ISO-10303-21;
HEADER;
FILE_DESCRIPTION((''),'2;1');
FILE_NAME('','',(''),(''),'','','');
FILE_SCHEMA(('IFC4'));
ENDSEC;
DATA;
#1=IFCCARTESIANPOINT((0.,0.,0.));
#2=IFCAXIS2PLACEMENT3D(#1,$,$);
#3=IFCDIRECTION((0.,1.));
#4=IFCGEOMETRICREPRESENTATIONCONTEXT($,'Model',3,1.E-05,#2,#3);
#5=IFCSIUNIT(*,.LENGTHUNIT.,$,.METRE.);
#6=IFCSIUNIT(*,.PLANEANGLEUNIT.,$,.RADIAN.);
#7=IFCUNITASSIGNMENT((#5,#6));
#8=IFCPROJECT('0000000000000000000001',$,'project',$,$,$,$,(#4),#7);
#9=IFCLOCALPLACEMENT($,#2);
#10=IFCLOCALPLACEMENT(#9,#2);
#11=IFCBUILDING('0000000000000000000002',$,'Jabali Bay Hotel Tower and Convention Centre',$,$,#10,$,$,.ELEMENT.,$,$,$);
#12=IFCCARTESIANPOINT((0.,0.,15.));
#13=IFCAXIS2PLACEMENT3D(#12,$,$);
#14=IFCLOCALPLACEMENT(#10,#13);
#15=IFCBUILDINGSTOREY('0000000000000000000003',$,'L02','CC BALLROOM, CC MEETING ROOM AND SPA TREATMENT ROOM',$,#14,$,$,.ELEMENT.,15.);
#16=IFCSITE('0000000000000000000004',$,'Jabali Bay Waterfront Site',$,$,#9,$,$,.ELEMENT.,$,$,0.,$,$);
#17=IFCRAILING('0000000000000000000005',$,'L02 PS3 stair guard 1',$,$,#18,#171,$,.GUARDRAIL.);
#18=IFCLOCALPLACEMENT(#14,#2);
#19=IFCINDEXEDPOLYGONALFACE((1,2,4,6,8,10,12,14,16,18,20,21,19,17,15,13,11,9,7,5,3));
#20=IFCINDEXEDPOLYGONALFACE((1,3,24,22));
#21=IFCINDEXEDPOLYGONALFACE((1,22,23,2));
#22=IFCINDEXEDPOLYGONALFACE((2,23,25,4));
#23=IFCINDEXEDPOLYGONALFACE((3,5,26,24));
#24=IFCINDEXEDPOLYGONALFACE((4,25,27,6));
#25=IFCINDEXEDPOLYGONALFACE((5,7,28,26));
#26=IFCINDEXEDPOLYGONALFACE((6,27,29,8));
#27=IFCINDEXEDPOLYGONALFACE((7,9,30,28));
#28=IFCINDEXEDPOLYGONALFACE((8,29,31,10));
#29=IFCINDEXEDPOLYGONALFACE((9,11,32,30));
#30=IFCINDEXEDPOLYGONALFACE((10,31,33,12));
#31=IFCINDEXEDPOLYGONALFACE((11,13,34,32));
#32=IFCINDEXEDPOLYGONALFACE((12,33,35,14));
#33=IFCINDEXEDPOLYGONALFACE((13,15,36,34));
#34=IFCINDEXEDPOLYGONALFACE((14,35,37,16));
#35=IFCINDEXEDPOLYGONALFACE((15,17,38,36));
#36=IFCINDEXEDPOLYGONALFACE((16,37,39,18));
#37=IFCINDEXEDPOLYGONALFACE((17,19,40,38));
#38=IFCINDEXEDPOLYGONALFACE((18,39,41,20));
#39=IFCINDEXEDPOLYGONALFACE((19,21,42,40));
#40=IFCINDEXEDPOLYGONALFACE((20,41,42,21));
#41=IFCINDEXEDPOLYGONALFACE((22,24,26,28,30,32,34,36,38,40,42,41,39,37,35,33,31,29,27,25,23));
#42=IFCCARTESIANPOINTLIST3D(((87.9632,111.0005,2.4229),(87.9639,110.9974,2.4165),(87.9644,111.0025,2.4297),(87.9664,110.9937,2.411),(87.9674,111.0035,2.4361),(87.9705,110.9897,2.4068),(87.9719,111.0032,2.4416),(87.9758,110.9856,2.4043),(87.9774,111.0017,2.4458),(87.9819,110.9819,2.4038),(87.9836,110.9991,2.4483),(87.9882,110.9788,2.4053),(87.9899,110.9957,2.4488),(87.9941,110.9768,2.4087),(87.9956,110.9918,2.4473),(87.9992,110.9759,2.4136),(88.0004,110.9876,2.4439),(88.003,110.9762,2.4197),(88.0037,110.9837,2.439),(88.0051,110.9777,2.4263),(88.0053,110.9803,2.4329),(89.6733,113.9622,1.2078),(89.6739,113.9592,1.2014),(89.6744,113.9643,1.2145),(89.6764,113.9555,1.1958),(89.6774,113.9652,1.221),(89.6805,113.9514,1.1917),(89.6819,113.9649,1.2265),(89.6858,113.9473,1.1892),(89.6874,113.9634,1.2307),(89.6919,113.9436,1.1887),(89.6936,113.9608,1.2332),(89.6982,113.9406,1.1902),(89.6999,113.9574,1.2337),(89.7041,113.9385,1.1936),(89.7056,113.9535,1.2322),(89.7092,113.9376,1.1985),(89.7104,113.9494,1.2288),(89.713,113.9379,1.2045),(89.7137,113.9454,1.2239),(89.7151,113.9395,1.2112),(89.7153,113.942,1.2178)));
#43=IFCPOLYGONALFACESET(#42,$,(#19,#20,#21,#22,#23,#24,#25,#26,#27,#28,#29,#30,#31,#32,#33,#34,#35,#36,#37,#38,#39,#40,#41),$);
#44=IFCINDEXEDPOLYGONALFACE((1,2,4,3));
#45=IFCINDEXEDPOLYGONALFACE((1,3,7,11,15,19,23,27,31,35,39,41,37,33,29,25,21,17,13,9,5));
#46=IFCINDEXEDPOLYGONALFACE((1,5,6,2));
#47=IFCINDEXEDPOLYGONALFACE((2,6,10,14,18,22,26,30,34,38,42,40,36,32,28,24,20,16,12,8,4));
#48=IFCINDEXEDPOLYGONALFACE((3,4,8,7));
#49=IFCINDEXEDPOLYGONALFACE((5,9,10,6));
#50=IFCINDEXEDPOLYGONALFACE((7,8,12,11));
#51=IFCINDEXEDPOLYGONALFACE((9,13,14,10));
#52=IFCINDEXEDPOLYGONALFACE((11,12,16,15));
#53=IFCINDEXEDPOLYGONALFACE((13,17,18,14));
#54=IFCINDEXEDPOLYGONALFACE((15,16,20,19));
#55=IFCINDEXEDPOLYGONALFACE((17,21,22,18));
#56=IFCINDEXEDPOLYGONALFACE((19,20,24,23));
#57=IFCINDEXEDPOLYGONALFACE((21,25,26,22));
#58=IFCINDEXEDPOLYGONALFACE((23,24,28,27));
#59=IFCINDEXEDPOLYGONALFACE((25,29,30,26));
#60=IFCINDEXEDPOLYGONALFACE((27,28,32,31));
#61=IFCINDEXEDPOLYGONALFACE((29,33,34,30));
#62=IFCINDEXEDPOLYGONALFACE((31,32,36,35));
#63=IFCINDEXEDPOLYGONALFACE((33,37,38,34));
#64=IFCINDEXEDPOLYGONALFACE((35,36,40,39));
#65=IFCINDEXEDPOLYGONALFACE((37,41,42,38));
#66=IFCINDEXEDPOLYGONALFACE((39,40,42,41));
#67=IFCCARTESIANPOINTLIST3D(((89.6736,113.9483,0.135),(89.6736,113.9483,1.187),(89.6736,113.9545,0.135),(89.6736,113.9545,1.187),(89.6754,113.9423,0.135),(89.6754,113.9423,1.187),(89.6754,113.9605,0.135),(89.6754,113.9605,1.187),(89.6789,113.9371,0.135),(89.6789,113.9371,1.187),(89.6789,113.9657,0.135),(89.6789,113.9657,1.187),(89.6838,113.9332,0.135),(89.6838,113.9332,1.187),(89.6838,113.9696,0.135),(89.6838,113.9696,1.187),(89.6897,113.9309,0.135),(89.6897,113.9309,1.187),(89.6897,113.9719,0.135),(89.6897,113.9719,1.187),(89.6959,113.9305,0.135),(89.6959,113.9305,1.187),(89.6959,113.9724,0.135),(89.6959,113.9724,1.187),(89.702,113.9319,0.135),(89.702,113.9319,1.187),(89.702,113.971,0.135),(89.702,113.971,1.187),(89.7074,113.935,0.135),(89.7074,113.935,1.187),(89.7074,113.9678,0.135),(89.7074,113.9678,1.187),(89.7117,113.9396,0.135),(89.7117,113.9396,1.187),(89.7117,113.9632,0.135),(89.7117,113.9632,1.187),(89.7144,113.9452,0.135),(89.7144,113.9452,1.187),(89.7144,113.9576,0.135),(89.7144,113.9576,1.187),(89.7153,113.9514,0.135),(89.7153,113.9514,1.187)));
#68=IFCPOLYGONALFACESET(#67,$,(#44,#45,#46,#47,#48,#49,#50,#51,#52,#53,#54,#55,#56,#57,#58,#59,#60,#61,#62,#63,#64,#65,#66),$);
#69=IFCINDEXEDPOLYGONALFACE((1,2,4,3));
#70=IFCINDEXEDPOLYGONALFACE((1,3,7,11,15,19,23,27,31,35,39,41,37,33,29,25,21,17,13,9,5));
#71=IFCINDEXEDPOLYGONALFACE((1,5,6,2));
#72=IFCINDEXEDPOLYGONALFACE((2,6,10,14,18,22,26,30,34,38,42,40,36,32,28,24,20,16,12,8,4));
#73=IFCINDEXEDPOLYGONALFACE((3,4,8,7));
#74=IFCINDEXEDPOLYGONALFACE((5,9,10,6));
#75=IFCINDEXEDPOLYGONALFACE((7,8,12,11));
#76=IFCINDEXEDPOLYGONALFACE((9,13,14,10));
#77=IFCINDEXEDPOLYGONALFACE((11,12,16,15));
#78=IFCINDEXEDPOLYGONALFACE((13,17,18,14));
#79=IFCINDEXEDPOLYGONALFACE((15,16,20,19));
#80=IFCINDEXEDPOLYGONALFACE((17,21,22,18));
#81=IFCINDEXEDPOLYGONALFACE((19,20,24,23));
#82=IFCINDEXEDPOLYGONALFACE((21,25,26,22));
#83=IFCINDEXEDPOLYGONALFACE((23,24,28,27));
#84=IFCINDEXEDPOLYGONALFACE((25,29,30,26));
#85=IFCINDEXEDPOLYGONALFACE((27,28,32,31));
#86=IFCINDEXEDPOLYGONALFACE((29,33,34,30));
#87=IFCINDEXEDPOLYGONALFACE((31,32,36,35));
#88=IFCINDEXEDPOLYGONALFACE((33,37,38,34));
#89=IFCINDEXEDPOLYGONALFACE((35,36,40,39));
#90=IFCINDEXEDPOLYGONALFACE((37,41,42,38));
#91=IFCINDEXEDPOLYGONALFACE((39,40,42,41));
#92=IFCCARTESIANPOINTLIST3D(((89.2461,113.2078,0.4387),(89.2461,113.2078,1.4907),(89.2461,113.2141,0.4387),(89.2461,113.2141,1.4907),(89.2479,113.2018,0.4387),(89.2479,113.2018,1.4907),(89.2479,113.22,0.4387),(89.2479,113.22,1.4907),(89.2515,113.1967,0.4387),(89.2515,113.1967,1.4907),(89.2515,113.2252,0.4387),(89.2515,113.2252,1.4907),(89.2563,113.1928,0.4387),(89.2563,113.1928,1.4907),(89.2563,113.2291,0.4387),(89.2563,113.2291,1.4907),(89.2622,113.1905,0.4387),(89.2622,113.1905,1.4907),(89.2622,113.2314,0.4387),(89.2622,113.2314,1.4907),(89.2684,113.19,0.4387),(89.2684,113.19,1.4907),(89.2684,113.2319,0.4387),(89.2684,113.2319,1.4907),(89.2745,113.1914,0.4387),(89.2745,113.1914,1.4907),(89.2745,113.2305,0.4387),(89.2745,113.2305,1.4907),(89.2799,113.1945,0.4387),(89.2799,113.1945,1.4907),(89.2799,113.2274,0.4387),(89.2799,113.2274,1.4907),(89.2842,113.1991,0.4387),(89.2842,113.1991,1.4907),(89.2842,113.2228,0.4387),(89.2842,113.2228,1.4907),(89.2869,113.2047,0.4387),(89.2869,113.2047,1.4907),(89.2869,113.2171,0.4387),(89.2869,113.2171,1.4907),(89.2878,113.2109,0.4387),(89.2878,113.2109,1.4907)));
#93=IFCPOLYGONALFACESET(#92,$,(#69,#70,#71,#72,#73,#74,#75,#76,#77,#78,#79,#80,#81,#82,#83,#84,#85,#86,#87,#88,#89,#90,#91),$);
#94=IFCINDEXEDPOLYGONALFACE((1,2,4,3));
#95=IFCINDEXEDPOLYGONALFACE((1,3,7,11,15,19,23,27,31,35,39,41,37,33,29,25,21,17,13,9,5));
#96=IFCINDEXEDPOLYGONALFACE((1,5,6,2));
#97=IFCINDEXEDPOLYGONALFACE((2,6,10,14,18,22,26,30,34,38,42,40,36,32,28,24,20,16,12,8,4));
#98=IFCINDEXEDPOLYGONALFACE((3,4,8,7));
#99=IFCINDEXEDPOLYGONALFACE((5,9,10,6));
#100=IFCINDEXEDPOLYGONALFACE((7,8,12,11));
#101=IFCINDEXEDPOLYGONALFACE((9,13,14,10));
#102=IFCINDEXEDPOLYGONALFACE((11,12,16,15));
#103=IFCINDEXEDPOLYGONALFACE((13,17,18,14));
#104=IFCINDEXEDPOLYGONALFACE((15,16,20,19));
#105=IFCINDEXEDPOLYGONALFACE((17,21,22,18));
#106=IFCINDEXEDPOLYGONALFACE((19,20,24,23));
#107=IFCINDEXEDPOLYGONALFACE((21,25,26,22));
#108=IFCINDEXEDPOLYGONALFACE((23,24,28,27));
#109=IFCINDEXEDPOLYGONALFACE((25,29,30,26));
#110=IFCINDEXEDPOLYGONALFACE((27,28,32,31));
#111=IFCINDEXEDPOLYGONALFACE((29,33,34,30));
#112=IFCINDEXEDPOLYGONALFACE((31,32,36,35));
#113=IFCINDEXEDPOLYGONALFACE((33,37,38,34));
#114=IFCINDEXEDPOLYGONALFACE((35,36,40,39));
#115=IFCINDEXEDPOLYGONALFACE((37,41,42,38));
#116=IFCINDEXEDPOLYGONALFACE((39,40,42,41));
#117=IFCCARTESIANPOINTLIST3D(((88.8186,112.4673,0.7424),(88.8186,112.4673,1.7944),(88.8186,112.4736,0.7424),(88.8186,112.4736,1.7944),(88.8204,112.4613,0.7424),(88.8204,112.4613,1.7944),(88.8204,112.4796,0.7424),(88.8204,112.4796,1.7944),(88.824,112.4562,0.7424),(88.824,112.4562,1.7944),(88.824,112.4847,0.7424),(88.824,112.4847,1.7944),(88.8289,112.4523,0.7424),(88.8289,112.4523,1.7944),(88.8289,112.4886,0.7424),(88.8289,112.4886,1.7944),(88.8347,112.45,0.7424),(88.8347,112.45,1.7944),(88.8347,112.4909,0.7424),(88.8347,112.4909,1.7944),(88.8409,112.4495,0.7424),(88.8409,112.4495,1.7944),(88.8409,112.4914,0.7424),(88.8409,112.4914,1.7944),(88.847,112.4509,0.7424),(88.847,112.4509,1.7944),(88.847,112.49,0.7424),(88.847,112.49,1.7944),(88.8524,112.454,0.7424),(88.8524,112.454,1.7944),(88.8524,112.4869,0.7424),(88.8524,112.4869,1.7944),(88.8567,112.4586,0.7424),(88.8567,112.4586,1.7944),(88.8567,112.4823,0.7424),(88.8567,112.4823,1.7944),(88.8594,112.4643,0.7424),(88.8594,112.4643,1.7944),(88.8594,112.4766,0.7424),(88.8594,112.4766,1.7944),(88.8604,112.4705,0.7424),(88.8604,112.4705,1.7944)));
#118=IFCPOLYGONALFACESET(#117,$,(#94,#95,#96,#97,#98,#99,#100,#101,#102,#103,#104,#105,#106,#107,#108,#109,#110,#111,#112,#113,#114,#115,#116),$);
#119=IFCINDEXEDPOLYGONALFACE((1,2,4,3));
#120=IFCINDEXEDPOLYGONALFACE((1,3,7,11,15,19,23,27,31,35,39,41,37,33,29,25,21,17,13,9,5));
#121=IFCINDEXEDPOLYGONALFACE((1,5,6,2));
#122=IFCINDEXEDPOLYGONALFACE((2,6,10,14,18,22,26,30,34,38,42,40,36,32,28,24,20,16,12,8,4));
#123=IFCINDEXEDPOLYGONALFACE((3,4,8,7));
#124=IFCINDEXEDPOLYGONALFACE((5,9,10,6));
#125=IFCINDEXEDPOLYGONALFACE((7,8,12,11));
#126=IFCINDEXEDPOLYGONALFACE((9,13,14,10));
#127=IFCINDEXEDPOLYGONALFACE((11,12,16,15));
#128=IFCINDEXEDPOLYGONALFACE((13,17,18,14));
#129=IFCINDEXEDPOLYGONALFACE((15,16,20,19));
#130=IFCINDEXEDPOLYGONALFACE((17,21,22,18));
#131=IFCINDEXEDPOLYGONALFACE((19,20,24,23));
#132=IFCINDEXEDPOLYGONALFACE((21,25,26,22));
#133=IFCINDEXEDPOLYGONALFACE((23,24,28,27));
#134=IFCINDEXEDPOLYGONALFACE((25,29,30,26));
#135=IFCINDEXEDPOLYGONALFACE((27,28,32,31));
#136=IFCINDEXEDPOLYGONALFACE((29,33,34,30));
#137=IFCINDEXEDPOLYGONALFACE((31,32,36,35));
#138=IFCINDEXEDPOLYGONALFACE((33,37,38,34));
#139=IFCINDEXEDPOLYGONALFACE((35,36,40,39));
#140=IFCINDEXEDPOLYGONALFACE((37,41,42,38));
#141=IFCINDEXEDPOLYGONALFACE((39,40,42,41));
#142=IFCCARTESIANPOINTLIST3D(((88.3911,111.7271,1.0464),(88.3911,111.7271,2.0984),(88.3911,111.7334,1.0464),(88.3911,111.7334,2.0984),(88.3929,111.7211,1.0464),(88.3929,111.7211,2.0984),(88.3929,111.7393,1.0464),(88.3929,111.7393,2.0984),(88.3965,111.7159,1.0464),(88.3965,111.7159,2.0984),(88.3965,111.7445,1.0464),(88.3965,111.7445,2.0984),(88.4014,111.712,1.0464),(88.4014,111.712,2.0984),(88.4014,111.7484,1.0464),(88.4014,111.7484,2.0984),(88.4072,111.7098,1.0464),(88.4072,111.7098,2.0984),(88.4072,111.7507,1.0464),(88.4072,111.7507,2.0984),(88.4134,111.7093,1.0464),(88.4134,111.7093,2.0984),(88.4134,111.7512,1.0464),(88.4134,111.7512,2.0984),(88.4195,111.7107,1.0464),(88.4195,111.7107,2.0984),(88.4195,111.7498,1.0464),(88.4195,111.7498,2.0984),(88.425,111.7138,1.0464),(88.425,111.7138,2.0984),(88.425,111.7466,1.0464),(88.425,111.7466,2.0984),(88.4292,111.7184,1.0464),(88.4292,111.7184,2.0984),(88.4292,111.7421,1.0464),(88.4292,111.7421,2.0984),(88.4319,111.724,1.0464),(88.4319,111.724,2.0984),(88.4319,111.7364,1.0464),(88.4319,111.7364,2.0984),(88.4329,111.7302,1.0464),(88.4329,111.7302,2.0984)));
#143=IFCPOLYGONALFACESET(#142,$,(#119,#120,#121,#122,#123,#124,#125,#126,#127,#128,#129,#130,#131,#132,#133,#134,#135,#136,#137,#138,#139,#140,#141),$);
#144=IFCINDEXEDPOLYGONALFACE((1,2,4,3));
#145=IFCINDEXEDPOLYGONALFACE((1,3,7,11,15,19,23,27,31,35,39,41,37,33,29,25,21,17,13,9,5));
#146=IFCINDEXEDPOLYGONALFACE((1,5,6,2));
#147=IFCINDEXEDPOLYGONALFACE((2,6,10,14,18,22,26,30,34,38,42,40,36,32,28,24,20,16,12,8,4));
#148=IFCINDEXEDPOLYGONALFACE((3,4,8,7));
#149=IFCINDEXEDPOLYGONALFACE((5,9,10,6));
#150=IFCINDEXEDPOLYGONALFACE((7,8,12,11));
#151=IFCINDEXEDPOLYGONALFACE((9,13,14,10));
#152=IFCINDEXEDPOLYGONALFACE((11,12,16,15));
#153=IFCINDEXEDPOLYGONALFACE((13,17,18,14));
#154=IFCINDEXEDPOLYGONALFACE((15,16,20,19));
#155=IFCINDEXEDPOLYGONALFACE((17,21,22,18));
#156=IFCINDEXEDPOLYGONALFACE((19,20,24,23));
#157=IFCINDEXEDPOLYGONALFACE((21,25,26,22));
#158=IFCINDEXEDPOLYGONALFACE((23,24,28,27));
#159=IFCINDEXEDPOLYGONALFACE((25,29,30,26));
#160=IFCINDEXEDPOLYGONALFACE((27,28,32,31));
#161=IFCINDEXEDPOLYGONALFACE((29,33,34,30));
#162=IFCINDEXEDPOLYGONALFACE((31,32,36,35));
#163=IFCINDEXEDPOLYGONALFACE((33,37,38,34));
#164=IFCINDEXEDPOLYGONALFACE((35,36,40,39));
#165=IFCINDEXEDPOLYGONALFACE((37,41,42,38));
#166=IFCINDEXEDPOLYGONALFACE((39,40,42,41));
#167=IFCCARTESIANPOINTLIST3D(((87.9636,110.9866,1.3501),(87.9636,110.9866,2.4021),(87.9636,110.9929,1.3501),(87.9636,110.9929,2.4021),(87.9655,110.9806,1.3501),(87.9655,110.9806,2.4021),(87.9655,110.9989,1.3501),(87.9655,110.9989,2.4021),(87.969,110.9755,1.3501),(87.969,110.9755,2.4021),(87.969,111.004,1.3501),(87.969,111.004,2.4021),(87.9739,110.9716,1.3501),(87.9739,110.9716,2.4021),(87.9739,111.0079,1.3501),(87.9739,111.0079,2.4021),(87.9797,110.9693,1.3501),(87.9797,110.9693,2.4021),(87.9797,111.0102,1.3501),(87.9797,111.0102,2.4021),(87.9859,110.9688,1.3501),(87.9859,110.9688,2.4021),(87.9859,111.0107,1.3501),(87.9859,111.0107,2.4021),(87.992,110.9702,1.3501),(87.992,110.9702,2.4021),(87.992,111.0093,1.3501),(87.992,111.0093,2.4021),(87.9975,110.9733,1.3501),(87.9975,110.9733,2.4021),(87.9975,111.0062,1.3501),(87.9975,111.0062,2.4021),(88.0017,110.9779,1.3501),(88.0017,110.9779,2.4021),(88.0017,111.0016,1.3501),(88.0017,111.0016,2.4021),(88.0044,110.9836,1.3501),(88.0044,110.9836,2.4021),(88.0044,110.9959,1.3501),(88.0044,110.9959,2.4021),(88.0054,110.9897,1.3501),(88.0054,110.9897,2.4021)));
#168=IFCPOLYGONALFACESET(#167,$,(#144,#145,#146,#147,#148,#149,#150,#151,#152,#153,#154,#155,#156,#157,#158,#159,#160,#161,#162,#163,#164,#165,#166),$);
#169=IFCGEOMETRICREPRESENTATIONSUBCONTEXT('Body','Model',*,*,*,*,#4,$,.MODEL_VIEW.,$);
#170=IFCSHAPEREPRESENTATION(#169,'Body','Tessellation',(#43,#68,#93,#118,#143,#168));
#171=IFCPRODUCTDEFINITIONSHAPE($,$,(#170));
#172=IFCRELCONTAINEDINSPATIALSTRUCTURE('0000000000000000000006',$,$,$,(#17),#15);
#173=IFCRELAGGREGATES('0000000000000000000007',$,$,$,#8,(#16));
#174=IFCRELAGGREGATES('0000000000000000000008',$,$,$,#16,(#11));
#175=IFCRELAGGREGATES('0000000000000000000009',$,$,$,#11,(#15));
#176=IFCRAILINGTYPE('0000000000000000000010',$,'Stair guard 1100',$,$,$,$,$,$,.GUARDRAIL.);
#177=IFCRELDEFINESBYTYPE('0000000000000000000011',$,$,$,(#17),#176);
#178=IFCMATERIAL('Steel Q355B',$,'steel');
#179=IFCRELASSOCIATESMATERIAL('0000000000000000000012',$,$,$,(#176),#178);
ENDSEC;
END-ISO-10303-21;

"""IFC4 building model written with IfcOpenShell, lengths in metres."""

from ifc_helpers import new_model, si_unit, direction, frame, origin, origin_2d, place, context, subcontext, project, spatial, circle, extrude, material, type_object, element, save


model = new_model("IFC4")

# Units and contexts
model_context = context("Model", 3, precision=1e-05, world=origin(), true_north=direction((0.0, 1.0)))
body_context = subcontext(model_context, "Body", "Model", "MODEL_VIEW")
ifc_project = project(units=[si_unit("LENGTHUNIT", "METRE"), si_unit("PLANEANGLEUNIT", "RADIAN")], contexts=[model_context])

# Site, building, storey
site_placement = place(None, origin())
site = spatial("IfcSite", under=ifc_project, at=site_placement, Name="Jabali Bay Waterfront Site", CompositionType="ELEMENT", RefElevation=0.0)
building_placement = place(site_placement, origin())
building = spatial("IfcBuilding", under=site, at=building_placement, Name="Jabali Bay Hotel Tower and Convention Centre", CompositionType="ELEMENT")
storey_placement = place(building_placement, frame((0.0, 0.0, 15.0)))
storey = spatial("IfcBuildingStorey", under=building, at=storey_placement, Name="L02", Description="CC BALLROOM, CC MEETING ROOM AND SPA TREATMENT ROOM", CompositionType="ELEMENT", Elevation=15.0)

# Railing
ifc_material_1 = material(Name="Steel Q355B", Category="steel")
railing_type_1 = type_object("IfcRailingType", Name="Stair guard 1100", PredefinedType="GUARDRAIL", material=ifc_material_1)
railing_1_placement = place(storey_placement, frame((89.6943, 113.9514, 0.135)))
element("IfcRailing", 1, at=railing_1_placement, inside=storey, type_object=railing_type_1, Name="L02 PS3 stair guard 1", PredefinedType="GUARDRAIL", context=body_context, shape_type="SweptSolid", body=[
    extrude(circle(Radius=0.0239, at=origin_2d()), frame((0.0, 0.0, 1.0762), z_axis=(-0.471153, -0.816042, 0.334799), x_axis=(0.86602, -0.500009, 0.0)), (0.0, 0.0, 1.0), 3.6294),
    extrude(circle(Radius=0.021, at=origin_2d()), origin(), (0.0, 0.0, 1.0), 1.052),
    extrude(circle(Radius=0.021, at=origin_2d()), frame((-0.4275, -0.7405, 0.3037)), (0.0, 0.0, 1.0), 1.052),
    extrude(circle(Radius=0.021, at=origin_2d()), frame((-0.855, -1.481, 0.6074)), (0.0, 0.0, 1.0), 1.052),
    extrude(circle(Radius=0.021, at=origin_2d()), frame((-1.2825, -2.2212, 0.9114)), (0.0, 0.0, 1.0), 1.052),
    extrude(circle(Radius=0.021, at=origin_2d()), frame((-1.71, -2.9617, 1.2151)), (0.0, 0.0, 1.0), 1.052),
])

save(model, "model.ifc")
